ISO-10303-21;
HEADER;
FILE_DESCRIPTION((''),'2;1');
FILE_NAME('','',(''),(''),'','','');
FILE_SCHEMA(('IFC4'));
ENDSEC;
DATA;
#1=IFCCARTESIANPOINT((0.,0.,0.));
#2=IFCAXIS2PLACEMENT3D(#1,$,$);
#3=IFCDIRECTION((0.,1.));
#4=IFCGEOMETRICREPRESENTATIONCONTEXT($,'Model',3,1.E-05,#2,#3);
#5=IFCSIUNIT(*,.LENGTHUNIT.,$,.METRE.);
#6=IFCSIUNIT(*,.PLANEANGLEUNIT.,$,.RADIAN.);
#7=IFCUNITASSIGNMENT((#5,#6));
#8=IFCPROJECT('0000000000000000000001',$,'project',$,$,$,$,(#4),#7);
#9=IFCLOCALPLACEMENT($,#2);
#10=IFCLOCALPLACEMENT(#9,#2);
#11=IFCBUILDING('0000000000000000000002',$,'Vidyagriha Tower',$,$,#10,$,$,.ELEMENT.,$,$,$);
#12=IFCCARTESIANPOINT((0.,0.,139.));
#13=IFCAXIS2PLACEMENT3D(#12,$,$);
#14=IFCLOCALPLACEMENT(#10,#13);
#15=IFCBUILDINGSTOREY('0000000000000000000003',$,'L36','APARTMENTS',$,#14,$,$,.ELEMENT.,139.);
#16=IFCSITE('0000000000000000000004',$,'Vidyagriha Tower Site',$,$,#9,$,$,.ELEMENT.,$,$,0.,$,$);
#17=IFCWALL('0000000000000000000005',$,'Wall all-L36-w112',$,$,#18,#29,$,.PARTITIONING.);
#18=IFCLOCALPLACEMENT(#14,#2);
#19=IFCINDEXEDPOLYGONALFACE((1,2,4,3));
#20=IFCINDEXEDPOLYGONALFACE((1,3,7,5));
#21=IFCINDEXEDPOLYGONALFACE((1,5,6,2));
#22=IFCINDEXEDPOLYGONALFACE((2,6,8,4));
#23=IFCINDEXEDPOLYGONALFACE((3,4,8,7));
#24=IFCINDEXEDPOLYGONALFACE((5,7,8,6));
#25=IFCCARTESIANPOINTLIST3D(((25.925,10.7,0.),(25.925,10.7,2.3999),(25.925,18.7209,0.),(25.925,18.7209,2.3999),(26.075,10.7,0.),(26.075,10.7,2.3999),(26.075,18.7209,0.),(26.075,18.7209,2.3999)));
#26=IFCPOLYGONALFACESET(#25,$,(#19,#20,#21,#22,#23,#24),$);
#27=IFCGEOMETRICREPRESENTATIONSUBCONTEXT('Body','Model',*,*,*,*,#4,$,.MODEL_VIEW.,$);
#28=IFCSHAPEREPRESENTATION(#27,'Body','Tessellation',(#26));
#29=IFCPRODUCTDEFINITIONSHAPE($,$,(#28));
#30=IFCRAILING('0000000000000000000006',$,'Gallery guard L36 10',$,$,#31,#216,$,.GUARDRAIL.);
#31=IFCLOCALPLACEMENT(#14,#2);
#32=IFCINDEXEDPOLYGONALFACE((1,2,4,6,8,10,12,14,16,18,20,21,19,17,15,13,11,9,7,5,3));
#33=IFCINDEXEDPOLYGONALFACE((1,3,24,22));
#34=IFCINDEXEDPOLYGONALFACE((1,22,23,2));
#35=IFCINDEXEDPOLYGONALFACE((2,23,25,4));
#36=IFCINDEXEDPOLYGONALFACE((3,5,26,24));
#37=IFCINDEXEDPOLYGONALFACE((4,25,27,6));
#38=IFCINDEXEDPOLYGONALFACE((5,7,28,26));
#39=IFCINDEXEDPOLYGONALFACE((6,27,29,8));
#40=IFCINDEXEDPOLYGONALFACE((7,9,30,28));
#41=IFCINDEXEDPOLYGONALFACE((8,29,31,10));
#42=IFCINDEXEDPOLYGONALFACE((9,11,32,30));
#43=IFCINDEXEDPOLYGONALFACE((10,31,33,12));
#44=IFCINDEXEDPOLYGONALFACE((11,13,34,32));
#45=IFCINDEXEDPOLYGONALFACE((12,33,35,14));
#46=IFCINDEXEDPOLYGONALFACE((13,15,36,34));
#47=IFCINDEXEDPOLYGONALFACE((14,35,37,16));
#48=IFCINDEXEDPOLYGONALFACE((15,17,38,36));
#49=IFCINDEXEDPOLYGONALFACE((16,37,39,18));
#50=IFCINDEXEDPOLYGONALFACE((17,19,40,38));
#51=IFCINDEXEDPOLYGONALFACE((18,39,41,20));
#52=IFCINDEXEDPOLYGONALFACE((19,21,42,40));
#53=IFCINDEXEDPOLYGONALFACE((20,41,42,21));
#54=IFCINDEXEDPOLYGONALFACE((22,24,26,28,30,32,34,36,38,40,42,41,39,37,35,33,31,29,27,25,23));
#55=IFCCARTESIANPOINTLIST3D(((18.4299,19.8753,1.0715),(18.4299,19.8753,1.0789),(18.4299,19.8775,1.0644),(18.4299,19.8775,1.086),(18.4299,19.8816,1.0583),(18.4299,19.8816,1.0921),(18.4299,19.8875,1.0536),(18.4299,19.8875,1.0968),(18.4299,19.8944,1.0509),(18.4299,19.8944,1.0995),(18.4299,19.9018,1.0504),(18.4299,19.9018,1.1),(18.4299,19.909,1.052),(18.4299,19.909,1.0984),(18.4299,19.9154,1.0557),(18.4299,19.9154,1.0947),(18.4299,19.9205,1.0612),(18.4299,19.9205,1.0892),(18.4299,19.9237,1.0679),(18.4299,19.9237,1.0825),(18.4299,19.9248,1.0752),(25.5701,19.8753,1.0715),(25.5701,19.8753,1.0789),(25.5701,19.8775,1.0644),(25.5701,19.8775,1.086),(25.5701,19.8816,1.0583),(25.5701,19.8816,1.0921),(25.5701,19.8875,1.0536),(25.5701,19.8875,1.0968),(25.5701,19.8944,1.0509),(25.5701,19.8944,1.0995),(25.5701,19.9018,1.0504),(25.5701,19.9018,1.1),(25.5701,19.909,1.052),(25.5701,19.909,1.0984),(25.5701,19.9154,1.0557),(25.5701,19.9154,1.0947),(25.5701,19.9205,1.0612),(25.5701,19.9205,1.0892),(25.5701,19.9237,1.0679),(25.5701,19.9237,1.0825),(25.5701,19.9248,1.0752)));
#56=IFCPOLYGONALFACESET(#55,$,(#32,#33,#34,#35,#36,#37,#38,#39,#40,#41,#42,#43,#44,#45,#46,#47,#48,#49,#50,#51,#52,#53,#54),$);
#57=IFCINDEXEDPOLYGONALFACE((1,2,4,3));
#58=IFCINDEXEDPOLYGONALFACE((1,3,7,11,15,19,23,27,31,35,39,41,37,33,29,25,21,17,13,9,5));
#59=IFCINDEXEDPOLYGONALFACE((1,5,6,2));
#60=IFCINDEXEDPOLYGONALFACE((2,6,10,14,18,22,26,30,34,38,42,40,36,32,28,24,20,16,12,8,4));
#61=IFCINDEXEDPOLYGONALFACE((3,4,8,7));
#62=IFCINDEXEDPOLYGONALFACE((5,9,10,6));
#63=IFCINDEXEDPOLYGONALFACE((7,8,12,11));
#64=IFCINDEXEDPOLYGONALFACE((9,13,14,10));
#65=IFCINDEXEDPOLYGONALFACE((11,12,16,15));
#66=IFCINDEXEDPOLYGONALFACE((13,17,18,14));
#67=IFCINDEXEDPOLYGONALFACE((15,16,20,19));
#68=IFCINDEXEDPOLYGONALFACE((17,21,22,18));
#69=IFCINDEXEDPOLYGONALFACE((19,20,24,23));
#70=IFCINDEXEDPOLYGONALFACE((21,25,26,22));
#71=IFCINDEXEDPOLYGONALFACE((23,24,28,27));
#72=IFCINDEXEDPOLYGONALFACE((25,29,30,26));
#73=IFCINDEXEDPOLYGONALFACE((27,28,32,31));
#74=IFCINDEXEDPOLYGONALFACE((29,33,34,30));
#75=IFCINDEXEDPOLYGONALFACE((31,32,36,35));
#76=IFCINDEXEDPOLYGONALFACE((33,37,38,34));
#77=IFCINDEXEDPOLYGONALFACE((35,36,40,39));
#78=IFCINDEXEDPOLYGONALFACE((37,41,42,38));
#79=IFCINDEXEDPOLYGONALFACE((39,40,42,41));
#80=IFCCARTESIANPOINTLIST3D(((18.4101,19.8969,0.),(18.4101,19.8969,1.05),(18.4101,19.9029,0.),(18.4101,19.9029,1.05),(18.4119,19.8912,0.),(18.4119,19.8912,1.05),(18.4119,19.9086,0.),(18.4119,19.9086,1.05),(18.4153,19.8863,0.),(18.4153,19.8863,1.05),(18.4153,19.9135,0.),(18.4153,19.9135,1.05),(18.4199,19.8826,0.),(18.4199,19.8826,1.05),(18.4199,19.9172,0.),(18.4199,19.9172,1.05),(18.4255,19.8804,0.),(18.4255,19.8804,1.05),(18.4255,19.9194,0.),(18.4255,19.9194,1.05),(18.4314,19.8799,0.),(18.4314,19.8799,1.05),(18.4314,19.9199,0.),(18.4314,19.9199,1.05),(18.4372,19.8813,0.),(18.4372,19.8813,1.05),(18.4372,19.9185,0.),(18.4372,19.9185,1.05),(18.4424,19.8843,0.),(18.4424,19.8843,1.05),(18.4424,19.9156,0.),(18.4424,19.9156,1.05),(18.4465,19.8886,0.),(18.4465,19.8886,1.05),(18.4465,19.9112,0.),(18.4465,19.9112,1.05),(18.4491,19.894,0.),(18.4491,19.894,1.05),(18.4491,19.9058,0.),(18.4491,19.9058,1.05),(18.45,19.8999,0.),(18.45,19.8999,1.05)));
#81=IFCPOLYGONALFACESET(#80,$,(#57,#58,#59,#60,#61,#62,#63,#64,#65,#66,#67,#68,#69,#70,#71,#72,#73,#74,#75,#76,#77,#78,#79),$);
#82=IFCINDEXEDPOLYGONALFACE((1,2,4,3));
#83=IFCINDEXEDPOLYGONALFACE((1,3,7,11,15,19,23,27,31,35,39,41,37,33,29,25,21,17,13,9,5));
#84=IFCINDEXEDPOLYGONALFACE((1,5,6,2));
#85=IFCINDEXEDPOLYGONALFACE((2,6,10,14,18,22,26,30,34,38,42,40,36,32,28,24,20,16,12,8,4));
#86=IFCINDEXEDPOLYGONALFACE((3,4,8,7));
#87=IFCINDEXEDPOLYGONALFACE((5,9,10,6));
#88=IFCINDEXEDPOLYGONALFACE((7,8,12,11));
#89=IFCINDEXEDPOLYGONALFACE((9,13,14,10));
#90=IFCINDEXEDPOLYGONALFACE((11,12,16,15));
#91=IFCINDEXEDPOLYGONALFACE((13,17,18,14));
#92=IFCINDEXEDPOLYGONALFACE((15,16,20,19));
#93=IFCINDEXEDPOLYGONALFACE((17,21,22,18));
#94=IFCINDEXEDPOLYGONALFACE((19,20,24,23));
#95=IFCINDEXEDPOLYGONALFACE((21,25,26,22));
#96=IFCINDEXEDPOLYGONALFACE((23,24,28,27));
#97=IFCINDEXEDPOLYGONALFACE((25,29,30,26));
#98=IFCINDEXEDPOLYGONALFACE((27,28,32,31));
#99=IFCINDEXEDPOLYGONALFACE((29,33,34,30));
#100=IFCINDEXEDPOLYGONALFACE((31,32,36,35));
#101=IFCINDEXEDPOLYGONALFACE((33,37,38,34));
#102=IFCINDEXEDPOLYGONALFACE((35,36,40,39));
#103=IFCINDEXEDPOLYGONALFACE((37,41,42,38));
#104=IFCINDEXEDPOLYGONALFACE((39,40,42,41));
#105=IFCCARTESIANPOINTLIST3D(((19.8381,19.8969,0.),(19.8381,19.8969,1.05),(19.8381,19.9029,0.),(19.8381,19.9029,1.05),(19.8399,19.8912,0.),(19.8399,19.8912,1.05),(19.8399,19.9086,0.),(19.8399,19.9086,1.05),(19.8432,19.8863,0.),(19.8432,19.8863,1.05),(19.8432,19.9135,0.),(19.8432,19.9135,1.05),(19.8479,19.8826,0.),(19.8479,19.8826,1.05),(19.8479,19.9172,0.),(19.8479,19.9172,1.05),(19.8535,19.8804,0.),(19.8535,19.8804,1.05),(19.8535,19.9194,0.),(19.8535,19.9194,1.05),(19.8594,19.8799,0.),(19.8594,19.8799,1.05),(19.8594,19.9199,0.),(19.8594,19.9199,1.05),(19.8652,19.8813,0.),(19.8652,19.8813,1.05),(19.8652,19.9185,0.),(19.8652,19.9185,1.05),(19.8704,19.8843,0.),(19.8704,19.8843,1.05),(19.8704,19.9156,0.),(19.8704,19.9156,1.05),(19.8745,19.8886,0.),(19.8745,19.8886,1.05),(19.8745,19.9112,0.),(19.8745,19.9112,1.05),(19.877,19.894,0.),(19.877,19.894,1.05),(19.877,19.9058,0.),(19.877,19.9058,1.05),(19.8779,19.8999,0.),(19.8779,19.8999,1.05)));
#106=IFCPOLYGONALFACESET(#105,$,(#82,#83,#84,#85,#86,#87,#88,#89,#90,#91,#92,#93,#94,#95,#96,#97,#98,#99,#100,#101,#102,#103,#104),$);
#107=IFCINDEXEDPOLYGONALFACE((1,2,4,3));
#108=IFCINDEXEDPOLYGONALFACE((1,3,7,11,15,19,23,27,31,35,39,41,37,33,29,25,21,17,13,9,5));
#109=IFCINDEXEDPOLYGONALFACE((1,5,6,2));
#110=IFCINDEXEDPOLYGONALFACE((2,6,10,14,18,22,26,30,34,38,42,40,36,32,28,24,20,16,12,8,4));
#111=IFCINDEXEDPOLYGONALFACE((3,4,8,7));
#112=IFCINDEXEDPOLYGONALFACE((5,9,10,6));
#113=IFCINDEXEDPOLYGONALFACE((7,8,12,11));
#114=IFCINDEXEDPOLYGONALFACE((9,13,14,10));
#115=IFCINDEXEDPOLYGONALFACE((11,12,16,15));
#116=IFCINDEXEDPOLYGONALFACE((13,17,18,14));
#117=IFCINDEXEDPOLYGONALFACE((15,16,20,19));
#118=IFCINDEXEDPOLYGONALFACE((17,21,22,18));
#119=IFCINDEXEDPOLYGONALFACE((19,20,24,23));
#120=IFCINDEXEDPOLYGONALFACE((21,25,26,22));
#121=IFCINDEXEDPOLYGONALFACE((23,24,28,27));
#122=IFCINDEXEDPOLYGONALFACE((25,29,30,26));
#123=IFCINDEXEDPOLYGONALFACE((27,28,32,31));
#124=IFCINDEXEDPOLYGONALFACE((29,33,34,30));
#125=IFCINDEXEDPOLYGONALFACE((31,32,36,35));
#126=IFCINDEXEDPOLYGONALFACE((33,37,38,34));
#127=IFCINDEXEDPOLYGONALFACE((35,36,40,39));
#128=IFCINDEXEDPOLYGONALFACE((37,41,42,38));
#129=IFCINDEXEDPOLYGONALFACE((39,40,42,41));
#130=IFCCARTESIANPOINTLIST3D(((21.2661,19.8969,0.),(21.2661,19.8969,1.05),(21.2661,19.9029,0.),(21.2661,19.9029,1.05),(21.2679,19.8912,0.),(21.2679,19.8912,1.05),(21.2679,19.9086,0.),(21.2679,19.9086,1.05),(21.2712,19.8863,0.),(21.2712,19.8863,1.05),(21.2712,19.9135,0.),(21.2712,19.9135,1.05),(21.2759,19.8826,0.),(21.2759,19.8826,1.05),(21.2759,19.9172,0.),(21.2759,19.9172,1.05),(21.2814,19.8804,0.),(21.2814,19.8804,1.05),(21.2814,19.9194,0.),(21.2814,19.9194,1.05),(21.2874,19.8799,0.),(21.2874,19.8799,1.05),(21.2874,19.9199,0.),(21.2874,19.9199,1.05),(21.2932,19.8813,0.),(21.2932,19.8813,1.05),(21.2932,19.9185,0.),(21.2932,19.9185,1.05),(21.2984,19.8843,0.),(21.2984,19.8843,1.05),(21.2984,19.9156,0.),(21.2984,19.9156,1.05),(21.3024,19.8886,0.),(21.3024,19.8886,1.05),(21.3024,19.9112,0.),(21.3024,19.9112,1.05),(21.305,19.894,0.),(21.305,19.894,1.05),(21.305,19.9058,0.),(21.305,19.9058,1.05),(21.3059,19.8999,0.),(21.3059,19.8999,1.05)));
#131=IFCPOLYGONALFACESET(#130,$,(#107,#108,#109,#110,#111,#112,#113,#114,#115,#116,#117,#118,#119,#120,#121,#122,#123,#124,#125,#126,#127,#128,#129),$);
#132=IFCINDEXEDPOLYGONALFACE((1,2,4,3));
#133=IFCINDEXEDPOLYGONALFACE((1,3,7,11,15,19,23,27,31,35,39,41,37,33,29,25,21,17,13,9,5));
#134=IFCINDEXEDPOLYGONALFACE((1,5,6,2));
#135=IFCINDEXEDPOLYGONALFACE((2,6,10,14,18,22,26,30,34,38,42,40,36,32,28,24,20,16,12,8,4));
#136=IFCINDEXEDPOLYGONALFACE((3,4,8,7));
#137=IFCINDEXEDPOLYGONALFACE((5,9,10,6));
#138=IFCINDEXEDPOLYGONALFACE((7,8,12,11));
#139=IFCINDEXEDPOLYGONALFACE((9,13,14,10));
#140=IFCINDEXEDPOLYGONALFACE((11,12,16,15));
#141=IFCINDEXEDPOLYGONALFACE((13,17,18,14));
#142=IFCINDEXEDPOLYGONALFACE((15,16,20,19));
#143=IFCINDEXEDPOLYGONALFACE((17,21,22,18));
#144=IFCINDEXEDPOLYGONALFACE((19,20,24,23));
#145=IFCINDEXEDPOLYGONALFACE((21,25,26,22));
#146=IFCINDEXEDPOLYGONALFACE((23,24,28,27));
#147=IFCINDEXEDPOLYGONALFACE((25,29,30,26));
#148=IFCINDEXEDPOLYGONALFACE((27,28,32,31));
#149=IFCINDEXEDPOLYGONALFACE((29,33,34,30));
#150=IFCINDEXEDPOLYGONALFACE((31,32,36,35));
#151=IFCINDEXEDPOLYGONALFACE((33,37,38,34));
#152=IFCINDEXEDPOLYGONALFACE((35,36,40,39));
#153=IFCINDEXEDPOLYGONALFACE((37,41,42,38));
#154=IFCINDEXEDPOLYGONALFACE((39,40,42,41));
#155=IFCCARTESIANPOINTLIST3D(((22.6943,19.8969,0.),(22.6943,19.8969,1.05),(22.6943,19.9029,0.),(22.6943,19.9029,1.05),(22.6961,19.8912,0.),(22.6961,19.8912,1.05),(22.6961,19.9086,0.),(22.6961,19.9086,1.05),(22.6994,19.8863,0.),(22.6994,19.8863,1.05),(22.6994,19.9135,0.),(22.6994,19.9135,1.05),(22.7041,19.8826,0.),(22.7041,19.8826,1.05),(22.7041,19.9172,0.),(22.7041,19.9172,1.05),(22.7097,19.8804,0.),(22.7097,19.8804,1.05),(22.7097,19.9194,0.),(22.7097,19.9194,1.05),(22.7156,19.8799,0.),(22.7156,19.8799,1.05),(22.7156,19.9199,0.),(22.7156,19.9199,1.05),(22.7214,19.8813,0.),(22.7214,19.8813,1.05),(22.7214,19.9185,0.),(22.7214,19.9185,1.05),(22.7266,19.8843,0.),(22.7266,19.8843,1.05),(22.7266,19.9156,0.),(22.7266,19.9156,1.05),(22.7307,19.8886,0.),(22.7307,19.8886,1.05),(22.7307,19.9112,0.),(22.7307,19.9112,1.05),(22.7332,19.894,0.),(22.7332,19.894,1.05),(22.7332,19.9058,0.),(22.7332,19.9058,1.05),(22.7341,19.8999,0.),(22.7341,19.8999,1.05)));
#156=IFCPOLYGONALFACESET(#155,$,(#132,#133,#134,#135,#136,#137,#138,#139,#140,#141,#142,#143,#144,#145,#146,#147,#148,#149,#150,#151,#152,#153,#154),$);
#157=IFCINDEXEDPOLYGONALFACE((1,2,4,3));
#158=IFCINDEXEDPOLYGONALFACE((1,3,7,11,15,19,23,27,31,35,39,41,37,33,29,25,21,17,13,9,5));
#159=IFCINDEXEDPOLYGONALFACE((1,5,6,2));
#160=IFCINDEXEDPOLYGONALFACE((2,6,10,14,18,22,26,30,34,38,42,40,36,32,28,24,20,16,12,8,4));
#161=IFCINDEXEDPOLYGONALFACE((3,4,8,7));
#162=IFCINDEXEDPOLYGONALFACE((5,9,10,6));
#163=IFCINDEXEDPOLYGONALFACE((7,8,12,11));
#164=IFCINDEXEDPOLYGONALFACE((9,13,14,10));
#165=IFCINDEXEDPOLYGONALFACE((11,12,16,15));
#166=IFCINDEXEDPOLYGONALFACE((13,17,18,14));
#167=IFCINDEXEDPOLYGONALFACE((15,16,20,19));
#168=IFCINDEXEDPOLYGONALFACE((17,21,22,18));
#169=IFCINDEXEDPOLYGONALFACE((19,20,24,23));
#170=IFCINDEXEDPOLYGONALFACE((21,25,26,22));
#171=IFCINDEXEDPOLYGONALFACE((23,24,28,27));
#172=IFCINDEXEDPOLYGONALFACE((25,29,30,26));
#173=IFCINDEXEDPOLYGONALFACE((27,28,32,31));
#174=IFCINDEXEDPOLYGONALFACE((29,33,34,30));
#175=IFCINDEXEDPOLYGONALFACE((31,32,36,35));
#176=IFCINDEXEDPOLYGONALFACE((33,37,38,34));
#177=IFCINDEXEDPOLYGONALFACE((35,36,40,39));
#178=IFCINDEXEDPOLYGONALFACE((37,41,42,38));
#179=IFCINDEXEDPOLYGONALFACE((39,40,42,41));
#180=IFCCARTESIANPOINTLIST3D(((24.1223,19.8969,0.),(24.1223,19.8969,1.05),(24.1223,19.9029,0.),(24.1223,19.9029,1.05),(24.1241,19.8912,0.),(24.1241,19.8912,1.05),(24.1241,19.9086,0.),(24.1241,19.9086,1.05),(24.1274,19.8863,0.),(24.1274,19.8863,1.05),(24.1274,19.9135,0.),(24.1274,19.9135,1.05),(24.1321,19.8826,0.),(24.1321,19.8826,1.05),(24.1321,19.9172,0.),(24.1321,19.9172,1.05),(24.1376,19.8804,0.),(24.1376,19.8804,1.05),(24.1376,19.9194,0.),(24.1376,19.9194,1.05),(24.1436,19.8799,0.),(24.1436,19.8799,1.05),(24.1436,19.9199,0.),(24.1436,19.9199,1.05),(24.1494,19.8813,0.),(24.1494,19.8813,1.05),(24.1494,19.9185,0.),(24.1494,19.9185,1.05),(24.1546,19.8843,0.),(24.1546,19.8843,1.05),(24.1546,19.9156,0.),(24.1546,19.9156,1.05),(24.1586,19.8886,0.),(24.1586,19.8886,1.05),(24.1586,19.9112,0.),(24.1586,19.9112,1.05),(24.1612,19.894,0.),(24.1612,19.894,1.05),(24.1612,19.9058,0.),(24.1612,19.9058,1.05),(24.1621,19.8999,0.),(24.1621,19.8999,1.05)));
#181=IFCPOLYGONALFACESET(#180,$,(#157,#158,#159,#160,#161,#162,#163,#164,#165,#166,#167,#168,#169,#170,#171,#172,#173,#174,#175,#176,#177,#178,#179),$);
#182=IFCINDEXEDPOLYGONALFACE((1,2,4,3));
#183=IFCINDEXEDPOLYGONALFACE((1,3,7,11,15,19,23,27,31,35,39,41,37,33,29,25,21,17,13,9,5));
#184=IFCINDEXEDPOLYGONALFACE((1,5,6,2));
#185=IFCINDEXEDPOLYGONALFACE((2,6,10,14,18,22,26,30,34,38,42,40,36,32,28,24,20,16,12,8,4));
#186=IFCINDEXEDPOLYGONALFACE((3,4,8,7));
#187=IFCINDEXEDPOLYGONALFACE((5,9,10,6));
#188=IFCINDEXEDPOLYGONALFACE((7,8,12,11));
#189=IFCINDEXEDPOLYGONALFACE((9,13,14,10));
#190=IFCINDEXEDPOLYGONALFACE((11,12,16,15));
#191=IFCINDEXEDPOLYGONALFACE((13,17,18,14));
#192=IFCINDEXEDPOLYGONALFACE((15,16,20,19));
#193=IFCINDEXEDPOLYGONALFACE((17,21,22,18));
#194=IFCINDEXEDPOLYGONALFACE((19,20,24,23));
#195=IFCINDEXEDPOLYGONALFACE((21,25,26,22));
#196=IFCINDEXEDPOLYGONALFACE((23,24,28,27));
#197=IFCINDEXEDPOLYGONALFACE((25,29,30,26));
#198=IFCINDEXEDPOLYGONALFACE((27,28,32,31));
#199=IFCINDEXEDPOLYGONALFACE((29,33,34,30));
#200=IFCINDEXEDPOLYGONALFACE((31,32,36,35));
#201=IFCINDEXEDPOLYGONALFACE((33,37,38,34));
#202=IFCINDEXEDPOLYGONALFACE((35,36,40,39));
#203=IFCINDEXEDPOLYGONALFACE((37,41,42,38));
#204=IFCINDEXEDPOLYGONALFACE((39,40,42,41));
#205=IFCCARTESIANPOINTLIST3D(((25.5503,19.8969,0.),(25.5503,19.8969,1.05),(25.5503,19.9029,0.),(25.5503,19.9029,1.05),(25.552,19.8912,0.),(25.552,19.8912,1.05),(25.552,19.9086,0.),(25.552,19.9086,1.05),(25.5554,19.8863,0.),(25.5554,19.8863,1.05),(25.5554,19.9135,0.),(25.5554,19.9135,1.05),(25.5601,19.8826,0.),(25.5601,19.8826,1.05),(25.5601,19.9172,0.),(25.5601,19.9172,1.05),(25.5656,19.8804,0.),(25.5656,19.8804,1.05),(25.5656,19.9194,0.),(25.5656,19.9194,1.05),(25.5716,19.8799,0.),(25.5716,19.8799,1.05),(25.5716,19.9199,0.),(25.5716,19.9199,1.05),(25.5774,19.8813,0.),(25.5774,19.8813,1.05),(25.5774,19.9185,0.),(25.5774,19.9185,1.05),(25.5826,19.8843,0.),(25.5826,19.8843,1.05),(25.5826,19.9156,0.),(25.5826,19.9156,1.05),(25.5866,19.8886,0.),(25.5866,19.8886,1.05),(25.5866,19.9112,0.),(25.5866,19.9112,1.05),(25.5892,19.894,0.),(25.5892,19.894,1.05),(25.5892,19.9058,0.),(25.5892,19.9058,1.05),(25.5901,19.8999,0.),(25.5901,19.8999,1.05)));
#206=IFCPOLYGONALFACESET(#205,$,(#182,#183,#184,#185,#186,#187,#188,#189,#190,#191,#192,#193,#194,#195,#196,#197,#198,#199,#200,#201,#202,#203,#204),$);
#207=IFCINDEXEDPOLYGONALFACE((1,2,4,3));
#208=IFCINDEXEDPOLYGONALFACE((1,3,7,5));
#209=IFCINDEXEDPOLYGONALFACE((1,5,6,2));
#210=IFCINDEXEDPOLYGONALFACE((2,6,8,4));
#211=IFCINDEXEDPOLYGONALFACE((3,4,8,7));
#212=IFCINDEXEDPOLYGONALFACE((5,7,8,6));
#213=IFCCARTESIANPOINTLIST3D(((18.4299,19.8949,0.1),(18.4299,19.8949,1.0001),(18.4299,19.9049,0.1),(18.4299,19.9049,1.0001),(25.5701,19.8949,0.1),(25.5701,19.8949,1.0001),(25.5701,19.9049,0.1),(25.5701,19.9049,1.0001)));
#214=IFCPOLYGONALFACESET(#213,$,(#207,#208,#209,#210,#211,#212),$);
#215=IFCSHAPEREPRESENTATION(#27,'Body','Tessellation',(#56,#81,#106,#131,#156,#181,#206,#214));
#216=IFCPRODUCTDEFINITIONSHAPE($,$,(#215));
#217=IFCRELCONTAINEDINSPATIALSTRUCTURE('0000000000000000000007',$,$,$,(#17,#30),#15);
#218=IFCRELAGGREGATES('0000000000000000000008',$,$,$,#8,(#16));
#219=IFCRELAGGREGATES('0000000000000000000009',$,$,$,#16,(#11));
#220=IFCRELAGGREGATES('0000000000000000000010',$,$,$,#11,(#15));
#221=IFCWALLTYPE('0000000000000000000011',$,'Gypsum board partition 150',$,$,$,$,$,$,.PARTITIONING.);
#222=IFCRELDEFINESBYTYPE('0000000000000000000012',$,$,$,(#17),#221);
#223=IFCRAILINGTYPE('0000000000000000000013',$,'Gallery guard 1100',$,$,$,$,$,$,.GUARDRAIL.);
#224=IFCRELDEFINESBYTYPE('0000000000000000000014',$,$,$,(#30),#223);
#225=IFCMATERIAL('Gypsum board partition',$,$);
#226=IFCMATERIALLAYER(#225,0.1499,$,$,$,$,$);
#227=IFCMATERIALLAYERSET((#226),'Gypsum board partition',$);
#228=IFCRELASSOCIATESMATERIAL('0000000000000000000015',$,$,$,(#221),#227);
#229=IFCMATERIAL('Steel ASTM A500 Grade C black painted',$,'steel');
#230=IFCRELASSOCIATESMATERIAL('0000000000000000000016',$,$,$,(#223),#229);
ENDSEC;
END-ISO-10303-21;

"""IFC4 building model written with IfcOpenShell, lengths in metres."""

from ifc_helpers import new_model, si_unit, direction, frame, frame_2d, origin, origin_2d, place, context, subcontext, project, spatial, rectangle, circle, extrude, material, layer, layer_set, type_object, element, save


model = new_model("IFC4")

# Units and contexts
model_context = context("Model", 3, precision=1e-05, world=origin(), true_north=direction((0.0, 1.0)))
body_context = subcontext(model_context, "Body", "Model", "MODEL_VIEW")
ifc_project = project(units=[si_unit("LENGTHUNIT", "METRE"), si_unit("PLANEANGLEUNIT", "RADIAN")], contexts=[model_context])

# Site, building, storey
site_placement = place(None, origin())
site = spatial("IfcSite", under=ifc_project, at=site_placement, Name="Vidyagriha Tower Site", CompositionType="ELEMENT", RefElevation=0.0)
building_placement = place(site_placement, origin())
building = spatial("IfcBuilding", under=site, at=building_placement, Name="Vidyagriha Tower", CompositionType="ELEMENT")
storey_placement = place(building_placement, frame((0.0, 0.0, 139.0)))
storey = spatial("IfcBuildingStorey", under=building, at=storey_placement, Name="L36", Description="APARTMENTS", CompositionType="ELEMENT", Elevation=139.0)

# Wall
ifc_material_1 = material(Name="Gypsum board partition")
ifc_layer_1 = layer(ifc_material_1, 0.1499)
ifc_layer_set_1 = layer_set([ifc_layer_1], Name="Gypsum board partition")
wall_type_1 = type_object("IfcWallType", Name="Gypsum board partition 150", PredefinedType="PARTITIONING", material=ifc_layer_set_1)
wall_1_placement = place(storey_placement, frame((26.0, 18.7209, 0.0), z_axis=(0.0, 0.0, 1.0), x_axis=(0.0, -1.0, 0.0)))
element("IfcWall", 1, at=wall_1_placement, inside=storey, type_object=wall_type_1, Name="Wall all-L36-w112", PredefinedType="PARTITIONING", context=body_context, shape_type="SweptSolid", body=[
    extrude(rectangle(XDim=8.021, YDim=0.1499, at=frame_2d((4.0105, 0.0))), origin(), (0.0, 0.0, 1.0), 2.3999),
])

# Railing
ifc_material_2 = material(Name="Steel ASTM A500 Grade C black painted", Category="steel")
railing_type = type_object("IfcRailingType", Name="Gallery guard 1100", PredefinedType="GUARDRAIL", material=ifc_material_2)
railing_1_placement = place(storey_placement, frame((18.4299, 19.8999, 0.0)))
element("IfcRailing", 2, at=railing_1_placement, inside=storey, type_object=railing_type, Name="Gallery guard L36 10", PredefinedType="GUARDRAIL", context=body_context, shape_type="SweptSolid", body=[
    extrude(circle(Radius=0.0249, at=origin_2d()), frame((0.0, 0.0, 1.0752), z_axis=(1.0, 0.0, 0.0), x_axis=(0.0, 1.0, 0.0)), (0.0, 0.0, 1.0), 7.1401),
    extrude(circle(Radius=0.02, at=origin_2d()), origin(), (0.0, 0.0, 1.0), 1.05),
    extrude(circle(Radius=0.02, at=origin_2d()), frame((1.428, 0.0, 0.0)), (0.0, 0.0, 1.0), 1.05),
    extrude(circle(Radius=0.02, at=origin_2d()), frame((2.856, 0.0, 0.0)), (0.0, 0.0, 1.0), 1.05),
    extrude(circle(Radius=0.02, at=origin_2d()), frame((4.2842, 0.0, 0.0)), (0.0, 0.0, 1.0), 1.05),
    extrude(circle(Radius=0.02, at=origin_2d()), frame((5.7122, 0.0, 0.0)), (0.0, 0.0, 1.0), 1.05),
    extrude(circle(Radius=0.02, at=origin_2d()), frame((7.1401, 0.0, 0.0)), (0.0, 0.0, 1.0), 1.05),
    extrude(rectangle(XDim=0.01, YDim=0.9001, at=origin_2d()), frame((0.0, 0.0, 0.55), z_axis=(1.0, 0.0, 0.0), x_axis=(0.0, 1.0, 0.0)), (0.0, 0.0, 1.0), 7.1401),
])

save(model, "model.ifc")
